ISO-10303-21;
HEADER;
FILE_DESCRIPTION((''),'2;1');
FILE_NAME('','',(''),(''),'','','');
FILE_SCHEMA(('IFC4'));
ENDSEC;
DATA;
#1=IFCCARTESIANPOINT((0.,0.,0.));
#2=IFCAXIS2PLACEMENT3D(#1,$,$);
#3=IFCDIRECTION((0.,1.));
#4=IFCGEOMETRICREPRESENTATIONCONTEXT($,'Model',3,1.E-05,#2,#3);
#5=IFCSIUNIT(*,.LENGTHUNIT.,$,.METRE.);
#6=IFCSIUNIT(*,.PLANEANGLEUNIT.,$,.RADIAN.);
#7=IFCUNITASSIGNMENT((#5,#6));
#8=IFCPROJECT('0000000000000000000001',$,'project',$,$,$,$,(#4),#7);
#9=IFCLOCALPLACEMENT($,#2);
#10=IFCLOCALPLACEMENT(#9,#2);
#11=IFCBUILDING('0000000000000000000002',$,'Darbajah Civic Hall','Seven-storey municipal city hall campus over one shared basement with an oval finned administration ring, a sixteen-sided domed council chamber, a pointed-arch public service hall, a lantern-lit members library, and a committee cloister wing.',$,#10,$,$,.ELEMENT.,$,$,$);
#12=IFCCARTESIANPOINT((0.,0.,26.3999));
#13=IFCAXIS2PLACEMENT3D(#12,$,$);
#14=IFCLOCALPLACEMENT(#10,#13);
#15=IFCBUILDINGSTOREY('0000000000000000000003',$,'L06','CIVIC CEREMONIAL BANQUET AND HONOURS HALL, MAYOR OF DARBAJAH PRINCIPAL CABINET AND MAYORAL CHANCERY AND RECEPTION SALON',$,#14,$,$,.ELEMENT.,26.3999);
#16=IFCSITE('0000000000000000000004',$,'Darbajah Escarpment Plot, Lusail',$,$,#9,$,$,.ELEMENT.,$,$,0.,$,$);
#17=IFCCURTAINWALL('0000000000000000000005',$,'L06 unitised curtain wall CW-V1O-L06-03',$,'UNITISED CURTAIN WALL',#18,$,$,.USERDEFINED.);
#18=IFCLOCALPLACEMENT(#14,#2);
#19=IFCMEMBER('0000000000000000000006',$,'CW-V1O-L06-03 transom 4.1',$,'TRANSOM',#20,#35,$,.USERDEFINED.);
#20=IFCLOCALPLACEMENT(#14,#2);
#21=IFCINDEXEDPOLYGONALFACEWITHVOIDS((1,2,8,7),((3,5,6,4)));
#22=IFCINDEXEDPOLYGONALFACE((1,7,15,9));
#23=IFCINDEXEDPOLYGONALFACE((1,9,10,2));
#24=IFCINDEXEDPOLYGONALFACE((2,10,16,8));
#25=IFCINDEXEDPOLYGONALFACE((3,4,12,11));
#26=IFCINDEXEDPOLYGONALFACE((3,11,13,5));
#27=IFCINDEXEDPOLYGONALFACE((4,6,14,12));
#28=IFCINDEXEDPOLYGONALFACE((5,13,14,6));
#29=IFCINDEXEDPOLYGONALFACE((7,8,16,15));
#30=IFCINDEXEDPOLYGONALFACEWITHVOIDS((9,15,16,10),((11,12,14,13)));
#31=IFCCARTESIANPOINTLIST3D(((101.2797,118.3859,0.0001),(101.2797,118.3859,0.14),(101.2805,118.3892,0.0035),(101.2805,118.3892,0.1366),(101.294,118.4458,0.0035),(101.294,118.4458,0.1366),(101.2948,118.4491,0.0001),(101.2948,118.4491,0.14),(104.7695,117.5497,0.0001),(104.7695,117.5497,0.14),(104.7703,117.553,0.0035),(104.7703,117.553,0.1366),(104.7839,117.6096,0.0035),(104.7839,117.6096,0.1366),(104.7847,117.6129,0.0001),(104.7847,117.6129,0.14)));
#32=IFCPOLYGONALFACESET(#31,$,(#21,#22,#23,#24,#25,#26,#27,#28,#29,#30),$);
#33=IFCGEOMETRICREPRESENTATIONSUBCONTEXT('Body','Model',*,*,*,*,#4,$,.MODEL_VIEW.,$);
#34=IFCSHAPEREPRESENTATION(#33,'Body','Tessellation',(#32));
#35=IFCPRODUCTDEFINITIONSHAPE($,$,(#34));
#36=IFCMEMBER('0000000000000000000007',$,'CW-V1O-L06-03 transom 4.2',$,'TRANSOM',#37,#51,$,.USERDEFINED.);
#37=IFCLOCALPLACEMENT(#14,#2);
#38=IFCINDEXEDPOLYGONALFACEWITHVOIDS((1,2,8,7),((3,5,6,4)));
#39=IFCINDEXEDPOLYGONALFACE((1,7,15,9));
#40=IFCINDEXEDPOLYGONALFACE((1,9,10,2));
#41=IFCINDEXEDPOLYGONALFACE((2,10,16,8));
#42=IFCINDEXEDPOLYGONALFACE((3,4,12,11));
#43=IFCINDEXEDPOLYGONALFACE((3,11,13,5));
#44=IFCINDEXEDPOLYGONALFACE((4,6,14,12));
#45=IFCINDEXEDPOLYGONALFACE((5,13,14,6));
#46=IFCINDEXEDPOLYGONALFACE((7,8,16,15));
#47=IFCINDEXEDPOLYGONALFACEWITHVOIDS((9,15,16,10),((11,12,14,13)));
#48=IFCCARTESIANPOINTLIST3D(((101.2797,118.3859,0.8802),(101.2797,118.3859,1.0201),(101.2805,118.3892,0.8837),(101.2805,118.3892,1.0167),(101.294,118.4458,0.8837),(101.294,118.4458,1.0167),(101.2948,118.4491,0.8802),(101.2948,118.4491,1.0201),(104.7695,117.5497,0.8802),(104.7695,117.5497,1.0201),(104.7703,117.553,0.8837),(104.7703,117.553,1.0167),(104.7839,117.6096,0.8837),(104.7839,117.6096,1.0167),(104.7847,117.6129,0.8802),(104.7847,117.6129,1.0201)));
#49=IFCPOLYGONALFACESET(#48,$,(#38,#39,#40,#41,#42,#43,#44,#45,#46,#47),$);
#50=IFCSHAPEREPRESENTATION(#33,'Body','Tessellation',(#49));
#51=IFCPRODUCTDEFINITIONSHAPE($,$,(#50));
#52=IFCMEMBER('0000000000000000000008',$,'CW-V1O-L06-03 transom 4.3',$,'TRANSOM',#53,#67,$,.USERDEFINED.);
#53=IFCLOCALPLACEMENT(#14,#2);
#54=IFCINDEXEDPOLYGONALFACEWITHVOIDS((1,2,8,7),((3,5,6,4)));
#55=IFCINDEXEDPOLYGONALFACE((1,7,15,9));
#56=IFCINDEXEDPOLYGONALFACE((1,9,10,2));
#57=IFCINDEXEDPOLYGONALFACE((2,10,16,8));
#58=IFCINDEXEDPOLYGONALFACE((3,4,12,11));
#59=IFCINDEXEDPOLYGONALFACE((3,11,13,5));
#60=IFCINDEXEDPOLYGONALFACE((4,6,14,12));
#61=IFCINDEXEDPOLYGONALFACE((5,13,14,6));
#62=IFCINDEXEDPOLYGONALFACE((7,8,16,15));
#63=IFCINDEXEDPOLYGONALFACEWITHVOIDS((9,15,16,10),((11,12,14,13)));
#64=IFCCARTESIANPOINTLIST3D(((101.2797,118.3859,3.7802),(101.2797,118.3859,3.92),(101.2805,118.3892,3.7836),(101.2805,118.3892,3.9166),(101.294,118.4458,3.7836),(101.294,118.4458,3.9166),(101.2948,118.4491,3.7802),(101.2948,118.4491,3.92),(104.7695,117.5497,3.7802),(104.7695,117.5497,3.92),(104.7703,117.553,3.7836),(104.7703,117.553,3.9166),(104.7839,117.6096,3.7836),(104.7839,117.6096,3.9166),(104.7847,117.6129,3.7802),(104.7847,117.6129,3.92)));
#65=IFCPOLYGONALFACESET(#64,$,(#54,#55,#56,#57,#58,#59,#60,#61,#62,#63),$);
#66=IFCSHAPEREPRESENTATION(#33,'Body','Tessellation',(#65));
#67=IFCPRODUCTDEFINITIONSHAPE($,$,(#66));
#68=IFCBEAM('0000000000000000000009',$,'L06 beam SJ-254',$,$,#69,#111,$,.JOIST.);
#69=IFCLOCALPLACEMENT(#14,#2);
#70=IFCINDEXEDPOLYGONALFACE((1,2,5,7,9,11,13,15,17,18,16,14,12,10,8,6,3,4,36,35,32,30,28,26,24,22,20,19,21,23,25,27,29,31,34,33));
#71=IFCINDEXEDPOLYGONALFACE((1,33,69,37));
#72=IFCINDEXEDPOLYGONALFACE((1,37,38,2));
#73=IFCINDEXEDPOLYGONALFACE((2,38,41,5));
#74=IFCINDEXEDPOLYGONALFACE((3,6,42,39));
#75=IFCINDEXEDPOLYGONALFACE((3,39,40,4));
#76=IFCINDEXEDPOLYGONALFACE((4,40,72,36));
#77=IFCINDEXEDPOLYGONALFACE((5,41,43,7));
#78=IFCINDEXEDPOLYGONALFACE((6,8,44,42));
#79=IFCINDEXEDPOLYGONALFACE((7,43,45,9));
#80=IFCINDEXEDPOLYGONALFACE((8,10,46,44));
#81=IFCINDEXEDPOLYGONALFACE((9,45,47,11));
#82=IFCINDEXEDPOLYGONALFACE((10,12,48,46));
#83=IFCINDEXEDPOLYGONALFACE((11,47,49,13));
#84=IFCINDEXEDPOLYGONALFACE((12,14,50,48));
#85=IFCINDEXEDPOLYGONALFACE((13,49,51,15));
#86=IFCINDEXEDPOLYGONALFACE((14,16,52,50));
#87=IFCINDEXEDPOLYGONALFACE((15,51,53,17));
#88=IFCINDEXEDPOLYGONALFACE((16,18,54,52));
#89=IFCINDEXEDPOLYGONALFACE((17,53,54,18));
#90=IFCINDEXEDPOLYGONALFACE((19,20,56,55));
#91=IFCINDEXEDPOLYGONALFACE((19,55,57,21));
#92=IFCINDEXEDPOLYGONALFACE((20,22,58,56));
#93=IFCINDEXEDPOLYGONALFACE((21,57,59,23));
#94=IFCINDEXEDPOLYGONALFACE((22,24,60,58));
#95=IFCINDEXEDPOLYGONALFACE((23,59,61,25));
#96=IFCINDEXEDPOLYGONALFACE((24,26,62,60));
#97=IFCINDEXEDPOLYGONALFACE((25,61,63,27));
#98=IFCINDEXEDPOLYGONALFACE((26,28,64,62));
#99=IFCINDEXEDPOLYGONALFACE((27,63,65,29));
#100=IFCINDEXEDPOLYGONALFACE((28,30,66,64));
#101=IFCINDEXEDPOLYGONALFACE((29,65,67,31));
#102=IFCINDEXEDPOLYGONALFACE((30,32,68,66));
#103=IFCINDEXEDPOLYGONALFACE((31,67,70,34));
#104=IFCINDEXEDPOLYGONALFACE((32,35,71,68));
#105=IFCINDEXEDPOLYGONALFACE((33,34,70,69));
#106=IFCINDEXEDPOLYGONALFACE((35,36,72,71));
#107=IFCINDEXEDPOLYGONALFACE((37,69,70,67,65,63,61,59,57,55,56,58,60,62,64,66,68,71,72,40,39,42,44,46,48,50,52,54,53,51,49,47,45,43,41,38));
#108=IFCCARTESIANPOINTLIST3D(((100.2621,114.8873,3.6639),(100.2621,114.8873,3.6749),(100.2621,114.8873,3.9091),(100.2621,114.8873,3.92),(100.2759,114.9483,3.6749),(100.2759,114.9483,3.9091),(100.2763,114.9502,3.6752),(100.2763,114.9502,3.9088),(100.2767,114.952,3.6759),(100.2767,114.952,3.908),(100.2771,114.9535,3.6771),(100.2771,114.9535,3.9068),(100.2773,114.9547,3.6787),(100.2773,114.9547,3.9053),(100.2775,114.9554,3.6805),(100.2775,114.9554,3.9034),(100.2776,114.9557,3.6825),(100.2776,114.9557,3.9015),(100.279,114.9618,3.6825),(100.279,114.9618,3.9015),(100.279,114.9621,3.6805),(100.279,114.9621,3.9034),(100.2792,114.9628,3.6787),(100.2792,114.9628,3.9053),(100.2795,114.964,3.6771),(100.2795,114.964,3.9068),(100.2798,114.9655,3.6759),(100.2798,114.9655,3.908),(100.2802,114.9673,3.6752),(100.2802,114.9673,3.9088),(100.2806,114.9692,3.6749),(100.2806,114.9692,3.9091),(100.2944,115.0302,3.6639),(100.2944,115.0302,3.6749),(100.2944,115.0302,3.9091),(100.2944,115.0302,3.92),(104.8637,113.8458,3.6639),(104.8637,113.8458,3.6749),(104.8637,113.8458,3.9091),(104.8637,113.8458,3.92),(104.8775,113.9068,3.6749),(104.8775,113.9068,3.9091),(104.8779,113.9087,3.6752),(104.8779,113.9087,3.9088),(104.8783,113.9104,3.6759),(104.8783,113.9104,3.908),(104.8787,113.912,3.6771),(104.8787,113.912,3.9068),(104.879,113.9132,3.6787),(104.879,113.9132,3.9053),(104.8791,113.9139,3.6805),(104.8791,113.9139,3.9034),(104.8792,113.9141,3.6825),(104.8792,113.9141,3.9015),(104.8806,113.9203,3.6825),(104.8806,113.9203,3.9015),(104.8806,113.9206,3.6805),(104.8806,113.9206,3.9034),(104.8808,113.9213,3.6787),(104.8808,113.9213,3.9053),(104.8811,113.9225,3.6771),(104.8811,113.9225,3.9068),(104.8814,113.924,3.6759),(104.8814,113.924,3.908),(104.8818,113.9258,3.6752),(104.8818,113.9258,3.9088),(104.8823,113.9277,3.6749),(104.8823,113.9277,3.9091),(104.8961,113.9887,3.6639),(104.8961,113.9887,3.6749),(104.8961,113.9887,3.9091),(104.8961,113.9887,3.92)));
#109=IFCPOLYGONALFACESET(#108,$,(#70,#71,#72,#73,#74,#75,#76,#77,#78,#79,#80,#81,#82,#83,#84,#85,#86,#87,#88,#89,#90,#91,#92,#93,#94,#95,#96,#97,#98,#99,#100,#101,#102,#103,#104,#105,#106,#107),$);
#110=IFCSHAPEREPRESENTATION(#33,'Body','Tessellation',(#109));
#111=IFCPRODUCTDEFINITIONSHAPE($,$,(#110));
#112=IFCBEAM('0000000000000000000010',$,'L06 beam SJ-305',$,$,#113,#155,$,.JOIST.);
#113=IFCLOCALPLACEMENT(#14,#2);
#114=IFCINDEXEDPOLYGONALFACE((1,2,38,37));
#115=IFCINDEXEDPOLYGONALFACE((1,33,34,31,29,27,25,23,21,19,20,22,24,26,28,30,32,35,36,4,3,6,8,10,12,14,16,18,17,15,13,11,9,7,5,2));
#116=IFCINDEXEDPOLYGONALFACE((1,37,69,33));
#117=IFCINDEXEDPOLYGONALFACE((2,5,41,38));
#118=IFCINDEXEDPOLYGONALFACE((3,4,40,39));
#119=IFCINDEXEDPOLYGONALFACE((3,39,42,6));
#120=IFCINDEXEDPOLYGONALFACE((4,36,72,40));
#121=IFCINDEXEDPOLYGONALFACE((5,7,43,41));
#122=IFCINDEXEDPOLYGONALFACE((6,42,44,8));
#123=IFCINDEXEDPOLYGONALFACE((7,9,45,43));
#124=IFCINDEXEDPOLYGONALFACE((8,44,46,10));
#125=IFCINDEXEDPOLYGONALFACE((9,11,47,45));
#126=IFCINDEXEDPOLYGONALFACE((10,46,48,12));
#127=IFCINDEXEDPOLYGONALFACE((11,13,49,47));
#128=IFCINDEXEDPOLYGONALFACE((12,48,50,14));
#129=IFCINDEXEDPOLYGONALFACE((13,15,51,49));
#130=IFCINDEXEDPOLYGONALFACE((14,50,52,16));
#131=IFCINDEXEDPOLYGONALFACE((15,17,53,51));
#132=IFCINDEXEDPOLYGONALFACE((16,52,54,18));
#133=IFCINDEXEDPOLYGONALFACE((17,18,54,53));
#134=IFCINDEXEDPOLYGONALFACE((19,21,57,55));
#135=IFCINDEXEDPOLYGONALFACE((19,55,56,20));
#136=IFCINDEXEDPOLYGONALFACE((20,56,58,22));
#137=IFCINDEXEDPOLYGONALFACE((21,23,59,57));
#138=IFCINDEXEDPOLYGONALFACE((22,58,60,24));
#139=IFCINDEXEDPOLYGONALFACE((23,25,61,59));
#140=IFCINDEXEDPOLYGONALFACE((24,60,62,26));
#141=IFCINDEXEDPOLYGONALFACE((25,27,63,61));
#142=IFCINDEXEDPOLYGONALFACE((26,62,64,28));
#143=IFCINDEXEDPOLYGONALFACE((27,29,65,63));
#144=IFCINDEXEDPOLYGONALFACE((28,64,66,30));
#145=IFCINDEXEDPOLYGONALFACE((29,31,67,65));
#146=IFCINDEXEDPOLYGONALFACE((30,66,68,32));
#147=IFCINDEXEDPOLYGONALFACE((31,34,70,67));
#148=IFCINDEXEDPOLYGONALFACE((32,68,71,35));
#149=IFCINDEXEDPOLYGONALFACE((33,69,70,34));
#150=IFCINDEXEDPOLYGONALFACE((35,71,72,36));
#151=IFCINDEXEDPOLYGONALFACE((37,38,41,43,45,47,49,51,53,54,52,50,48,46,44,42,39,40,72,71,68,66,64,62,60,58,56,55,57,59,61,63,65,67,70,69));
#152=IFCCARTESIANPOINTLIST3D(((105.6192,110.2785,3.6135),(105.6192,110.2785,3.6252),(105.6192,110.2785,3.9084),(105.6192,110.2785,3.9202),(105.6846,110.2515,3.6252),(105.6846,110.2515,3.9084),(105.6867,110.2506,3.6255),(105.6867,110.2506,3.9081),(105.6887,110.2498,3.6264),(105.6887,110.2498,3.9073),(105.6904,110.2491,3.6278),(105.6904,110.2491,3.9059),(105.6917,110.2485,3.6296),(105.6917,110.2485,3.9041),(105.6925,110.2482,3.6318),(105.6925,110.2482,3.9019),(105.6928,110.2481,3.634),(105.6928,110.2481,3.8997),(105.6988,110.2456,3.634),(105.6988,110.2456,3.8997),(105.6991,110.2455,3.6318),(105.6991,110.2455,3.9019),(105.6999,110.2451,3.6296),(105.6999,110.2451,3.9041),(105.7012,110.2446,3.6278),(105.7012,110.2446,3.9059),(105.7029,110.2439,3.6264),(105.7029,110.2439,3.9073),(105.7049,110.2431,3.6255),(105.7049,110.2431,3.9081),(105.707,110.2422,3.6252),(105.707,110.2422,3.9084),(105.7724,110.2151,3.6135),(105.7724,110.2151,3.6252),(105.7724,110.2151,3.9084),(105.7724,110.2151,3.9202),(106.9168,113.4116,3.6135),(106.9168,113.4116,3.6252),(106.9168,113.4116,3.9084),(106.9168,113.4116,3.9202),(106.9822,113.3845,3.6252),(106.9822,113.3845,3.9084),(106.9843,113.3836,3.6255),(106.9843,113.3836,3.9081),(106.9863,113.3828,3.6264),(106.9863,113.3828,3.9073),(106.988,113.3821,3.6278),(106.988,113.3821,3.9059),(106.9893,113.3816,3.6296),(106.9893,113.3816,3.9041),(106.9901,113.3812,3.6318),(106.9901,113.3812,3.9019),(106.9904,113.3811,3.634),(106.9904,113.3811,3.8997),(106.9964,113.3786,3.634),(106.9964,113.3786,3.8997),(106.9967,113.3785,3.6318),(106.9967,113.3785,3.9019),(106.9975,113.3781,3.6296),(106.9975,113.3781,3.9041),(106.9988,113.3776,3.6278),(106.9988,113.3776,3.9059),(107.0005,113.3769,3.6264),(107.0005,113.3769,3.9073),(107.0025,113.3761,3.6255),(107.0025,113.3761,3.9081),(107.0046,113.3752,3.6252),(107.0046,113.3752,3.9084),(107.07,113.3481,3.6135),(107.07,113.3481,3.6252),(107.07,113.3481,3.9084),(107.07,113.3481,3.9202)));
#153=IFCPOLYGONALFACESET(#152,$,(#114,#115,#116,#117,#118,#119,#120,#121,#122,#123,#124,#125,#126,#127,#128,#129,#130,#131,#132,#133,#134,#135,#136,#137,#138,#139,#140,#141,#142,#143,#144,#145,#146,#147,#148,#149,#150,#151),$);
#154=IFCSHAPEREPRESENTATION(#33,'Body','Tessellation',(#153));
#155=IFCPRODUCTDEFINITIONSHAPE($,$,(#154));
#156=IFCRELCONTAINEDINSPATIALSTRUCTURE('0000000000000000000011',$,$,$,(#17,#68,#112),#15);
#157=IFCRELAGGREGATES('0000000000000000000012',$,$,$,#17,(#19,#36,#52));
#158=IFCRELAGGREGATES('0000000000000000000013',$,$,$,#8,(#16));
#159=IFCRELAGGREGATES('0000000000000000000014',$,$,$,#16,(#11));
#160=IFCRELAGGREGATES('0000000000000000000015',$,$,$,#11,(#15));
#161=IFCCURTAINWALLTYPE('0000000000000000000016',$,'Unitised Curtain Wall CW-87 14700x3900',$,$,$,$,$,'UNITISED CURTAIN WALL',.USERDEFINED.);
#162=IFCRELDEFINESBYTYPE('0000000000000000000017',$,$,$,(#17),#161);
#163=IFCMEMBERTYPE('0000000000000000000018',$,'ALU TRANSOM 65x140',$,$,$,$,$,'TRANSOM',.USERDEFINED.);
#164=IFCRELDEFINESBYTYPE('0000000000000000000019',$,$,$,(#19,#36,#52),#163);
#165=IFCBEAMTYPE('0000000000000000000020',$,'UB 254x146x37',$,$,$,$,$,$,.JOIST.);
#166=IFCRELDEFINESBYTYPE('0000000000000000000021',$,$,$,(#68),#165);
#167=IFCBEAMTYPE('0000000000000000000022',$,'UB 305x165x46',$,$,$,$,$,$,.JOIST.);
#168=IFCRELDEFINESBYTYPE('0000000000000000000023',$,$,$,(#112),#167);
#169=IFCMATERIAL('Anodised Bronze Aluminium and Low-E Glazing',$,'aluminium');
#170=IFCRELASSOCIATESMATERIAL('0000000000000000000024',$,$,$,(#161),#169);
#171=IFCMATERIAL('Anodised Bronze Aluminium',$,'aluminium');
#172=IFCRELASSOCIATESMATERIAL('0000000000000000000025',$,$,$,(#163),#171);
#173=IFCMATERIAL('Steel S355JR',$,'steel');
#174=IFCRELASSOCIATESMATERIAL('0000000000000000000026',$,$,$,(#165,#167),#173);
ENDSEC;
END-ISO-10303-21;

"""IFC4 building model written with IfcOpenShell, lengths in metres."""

from ifc_helpers import new_model, si_unit, direction, frame, origin, origin_2d, place, context, subcontext, project, spatial, hollow_rectangle, i_section, extrude, material, material_profile, profile_set, type_object, element, aggregate, save


model = new_model("IFC4")

# Units and contexts
model_context = context("Model", 3, precision=1e-05, world=origin(), true_north=direction((0.0, 1.0)))
body_context = subcontext(model_context, "Body", "Model", "MODEL_VIEW")
ifc_project = project(units=[si_unit("LENGTHUNIT", "METRE"), si_unit("PLANEANGLEUNIT", "RADIAN")], contexts=[model_context])

# Site, building, storey
site_placement = place(None, origin())
site = spatial("IfcSite", under=ifc_project, at=site_placement, Name="Darbajah Escarpment Plot, Lusail", CompositionType="ELEMENT", RefElevation=0.0)
building_placement = place(site_placement, origin())
building = spatial("IfcBuilding", under=site, at=building_placement, Name="Darbajah Civic Hall", Description="Seven-storey municipal city hall campus over one shared basement with an oval finned administration ring, a sixteen-sided domed council chamber, a pointed-arch public service hall, a lantern-lit members library, and a committee cloister wing.", CompositionType="ELEMENT")
storey_placement = place(building_placement, frame((0.0, 0.0, 26.3999)))
storey = spatial("IfcBuildingStorey", under=building, at=storey_placement, Name="L06", Description="CIVIC CEREMONIAL BANQUET AND HONOURS HALL, MAYOR OF DARBAJAH PRINCIPAL CABINET AND MAYORAL CHANCERY AND RECEPTION SALON", CompositionType="ELEMENT", Elevation=26.3999)

# Curtain wall
ifc_material_1 = material(Name="Anodised Bronze Aluminium and Low-E Glazing", Category="aluminium")
ifc_material_2 = material(Name="Anodised Bronze Aluminium", Category="aluminium")
curtain_wall_type_1 = type_object("IfcCurtainWallType", Name="Unitised Curtain Wall CW-87 14700x3900", ElementType="UNITISED CURTAIN WALL", PredefinedType="USERDEFINED", material=ifc_material_1)
curtain_wall_1_placement = place(storey_placement, origin())
curtain_wall_1 = element("IfcCurtainWall", 1, at=curtain_wall_1_placement, inside=storey, type_object=curtain_wall_type_1, Name="L06 unitised curtain wall CW-V1O-L06-03", ObjectType="UNITISED CURTAIN WALL", PredefinedType="USERDEFINED")

# Members
ifc_material_profile_1 = material_profile(ifc_material_2, hollow_rectangle(XDim=0.0649, YDim=0.1399, WallThickness=0.0034, at=origin_2d()), Name="ALU TRANSOM 65x140")
ifc_profile_set_1 = profile_set([ifc_material_profile_1], Name="Anodised Bronze Aluminium")
member_type_1 = type_object("IfcMemberType", Name="ALU TRANSOM 65x140", ElementType="TRANSOM", PredefinedType="USERDEFINED", material=ifc_profile_set_1)
member_1_placement = place(storey_placement, frame((104.7771, 117.5813, 0.0701), z_axis=(-0.972473, 0.233015, 0.0), x_axis=(-0.233015, -0.972473, 0.0)))
member_1 = element("IfcMember", 2, at=member_1_placement, type_object=member_type_1, Name="CW-V1O-L06-03 transom 4.1", ObjectType="TRANSOM", PredefinedType="USERDEFINED", context=body_context, shape_type="SweptSolid", body=[
    extrude(hollow_rectangle(XDim=0.0649, YDim=0.1399, WallThickness=0.0034, at=origin_2d()), origin(), (0.0, 0.0, 1.0), 3.5886),
])
member_2_placement = place(storey_placement, frame((104.7771, 117.5813, 0.9502), z_axis=(-0.972473, 0.233015, 0.0), x_axis=(-0.233015, -0.972473, 0.0)))
member_2 = element("IfcMember", 3, at=member_2_placement, type_object=member_type_1, Name="CW-V1O-L06-03 transom 4.2", ObjectType="TRANSOM", PredefinedType="USERDEFINED", context=body_context, shape_type="SweptSolid", body=[
    extrude(hollow_rectangle(XDim=0.0649, YDim=0.1399, WallThickness=0.0034, at=origin_2d()), origin(), (0.0, 0.0, 1.0), 3.5886),
])
member_3_placement = place(storey_placement, frame((104.7771, 117.5813, 3.8501), z_axis=(-0.972473, 0.233015, 0.0), x_axis=(-0.233015, -0.972473, 0.0)))
member_3 = element("IfcMember", 4, at=member_3_placement, type_object=member_type_1, Name="CW-V1O-L06-03 transom 4.3", ObjectType="TRANSOM", PredefinedType="USERDEFINED", context=body_context, shape_type="SweptSolid", body=[
    extrude(hollow_rectangle(XDim=0.0649, YDim=0.1399, WallThickness=0.0034, at=origin_2d()), origin(), (0.0, 0.0, 1.0), 3.5886),
])

# Beams
ifc_material_3 = material(Name="Steel S355JR", Category="steel")
ifc_material_profile_2 = material_profile(ifc_material_3, i_section(OverallWidth=0.1465, OverallDepth=0.2561, WebThickness=0.0063, FlangeThickness=0.011, FilletRadius=0.0076, at=origin_2d()), Name="UB 254x146x37")
ifc_profile_set_2 = profile_set([ifc_material_profile_2], Name="Steel S355JR")
beam_type_1 = type_object("IfcBeamType", Name="UB 254x146x37", PredefinedType="JOIST", material=ifc_profile_set_2)
beam_1_placement = place(storey_placement, frame((104.8799, 113.9172, 3.792), z_axis=(-0.97533, 0.220753, 0.0), x_axis=(-0.220753, -0.97533, 0.0)))
element("IfcBeam", 5, at=beam_1_placement, inside=storey, type_object=beam_type_1, Name="L06 beam SJ-254", PredefinedType="JOIST", context=body_context, shape_type="SweptSolid", body=[
    extrude(i_section(OverallWidth=0.1465, OverallDepth=0.2561, WebThickness=0.0063, FlangeThickness=0.011, FilletRadius=0.0076, at=origin_2d()), origin(), (0.0, 0.0, 1.0), 4.718),
])
ifc_material_profile_3 = material_profile(ifc_material_3, i_section(OverallWidth=0.1658, OverallDepth=0.3066, WebThickness=0.0066, FlangeThickness=0.0117, FilletRadius=0.0088, at=origin_2d()), Name="UB 305x165x46")
ifc_profile_set_3 = profile_set([ifc_material_profile_3], Name="Steel S355JR")
beam_type_2 = type_object("IfcBeamType", Name="UB 305x165x46", PredefinedType="JOIST", material=ifc_profile_set_3)
beam_2_placement = place(storey_placement, frame((105.6958, 110.2468, 3.7668), z_axis=(0.382646, 0.923895, 0.0), x_axis=(-0.923895, 0.382646, 0.0)))
element("IfcBeam", 6, at=beam_2_placement, inside=storey, type_object=beam_type_2, Name="L06 beam SJ-305", PredefinedType="JOIST", context=body_context, shape_type="SweptSolid", body=[
    extrude(i_section(OverallWidth=0.1658, OverallDepth=0.3066, WebThickness=0.0066, FlangeThickness=0.0117, FilletRadius=0.0088, at=origin_2d()), origin(), (0.0, 0.0, 1.0), 3.3911),
])

aggregate(curtain_wall_1, [member_1, member_2, member_3])

save(model, "model.ifc")
